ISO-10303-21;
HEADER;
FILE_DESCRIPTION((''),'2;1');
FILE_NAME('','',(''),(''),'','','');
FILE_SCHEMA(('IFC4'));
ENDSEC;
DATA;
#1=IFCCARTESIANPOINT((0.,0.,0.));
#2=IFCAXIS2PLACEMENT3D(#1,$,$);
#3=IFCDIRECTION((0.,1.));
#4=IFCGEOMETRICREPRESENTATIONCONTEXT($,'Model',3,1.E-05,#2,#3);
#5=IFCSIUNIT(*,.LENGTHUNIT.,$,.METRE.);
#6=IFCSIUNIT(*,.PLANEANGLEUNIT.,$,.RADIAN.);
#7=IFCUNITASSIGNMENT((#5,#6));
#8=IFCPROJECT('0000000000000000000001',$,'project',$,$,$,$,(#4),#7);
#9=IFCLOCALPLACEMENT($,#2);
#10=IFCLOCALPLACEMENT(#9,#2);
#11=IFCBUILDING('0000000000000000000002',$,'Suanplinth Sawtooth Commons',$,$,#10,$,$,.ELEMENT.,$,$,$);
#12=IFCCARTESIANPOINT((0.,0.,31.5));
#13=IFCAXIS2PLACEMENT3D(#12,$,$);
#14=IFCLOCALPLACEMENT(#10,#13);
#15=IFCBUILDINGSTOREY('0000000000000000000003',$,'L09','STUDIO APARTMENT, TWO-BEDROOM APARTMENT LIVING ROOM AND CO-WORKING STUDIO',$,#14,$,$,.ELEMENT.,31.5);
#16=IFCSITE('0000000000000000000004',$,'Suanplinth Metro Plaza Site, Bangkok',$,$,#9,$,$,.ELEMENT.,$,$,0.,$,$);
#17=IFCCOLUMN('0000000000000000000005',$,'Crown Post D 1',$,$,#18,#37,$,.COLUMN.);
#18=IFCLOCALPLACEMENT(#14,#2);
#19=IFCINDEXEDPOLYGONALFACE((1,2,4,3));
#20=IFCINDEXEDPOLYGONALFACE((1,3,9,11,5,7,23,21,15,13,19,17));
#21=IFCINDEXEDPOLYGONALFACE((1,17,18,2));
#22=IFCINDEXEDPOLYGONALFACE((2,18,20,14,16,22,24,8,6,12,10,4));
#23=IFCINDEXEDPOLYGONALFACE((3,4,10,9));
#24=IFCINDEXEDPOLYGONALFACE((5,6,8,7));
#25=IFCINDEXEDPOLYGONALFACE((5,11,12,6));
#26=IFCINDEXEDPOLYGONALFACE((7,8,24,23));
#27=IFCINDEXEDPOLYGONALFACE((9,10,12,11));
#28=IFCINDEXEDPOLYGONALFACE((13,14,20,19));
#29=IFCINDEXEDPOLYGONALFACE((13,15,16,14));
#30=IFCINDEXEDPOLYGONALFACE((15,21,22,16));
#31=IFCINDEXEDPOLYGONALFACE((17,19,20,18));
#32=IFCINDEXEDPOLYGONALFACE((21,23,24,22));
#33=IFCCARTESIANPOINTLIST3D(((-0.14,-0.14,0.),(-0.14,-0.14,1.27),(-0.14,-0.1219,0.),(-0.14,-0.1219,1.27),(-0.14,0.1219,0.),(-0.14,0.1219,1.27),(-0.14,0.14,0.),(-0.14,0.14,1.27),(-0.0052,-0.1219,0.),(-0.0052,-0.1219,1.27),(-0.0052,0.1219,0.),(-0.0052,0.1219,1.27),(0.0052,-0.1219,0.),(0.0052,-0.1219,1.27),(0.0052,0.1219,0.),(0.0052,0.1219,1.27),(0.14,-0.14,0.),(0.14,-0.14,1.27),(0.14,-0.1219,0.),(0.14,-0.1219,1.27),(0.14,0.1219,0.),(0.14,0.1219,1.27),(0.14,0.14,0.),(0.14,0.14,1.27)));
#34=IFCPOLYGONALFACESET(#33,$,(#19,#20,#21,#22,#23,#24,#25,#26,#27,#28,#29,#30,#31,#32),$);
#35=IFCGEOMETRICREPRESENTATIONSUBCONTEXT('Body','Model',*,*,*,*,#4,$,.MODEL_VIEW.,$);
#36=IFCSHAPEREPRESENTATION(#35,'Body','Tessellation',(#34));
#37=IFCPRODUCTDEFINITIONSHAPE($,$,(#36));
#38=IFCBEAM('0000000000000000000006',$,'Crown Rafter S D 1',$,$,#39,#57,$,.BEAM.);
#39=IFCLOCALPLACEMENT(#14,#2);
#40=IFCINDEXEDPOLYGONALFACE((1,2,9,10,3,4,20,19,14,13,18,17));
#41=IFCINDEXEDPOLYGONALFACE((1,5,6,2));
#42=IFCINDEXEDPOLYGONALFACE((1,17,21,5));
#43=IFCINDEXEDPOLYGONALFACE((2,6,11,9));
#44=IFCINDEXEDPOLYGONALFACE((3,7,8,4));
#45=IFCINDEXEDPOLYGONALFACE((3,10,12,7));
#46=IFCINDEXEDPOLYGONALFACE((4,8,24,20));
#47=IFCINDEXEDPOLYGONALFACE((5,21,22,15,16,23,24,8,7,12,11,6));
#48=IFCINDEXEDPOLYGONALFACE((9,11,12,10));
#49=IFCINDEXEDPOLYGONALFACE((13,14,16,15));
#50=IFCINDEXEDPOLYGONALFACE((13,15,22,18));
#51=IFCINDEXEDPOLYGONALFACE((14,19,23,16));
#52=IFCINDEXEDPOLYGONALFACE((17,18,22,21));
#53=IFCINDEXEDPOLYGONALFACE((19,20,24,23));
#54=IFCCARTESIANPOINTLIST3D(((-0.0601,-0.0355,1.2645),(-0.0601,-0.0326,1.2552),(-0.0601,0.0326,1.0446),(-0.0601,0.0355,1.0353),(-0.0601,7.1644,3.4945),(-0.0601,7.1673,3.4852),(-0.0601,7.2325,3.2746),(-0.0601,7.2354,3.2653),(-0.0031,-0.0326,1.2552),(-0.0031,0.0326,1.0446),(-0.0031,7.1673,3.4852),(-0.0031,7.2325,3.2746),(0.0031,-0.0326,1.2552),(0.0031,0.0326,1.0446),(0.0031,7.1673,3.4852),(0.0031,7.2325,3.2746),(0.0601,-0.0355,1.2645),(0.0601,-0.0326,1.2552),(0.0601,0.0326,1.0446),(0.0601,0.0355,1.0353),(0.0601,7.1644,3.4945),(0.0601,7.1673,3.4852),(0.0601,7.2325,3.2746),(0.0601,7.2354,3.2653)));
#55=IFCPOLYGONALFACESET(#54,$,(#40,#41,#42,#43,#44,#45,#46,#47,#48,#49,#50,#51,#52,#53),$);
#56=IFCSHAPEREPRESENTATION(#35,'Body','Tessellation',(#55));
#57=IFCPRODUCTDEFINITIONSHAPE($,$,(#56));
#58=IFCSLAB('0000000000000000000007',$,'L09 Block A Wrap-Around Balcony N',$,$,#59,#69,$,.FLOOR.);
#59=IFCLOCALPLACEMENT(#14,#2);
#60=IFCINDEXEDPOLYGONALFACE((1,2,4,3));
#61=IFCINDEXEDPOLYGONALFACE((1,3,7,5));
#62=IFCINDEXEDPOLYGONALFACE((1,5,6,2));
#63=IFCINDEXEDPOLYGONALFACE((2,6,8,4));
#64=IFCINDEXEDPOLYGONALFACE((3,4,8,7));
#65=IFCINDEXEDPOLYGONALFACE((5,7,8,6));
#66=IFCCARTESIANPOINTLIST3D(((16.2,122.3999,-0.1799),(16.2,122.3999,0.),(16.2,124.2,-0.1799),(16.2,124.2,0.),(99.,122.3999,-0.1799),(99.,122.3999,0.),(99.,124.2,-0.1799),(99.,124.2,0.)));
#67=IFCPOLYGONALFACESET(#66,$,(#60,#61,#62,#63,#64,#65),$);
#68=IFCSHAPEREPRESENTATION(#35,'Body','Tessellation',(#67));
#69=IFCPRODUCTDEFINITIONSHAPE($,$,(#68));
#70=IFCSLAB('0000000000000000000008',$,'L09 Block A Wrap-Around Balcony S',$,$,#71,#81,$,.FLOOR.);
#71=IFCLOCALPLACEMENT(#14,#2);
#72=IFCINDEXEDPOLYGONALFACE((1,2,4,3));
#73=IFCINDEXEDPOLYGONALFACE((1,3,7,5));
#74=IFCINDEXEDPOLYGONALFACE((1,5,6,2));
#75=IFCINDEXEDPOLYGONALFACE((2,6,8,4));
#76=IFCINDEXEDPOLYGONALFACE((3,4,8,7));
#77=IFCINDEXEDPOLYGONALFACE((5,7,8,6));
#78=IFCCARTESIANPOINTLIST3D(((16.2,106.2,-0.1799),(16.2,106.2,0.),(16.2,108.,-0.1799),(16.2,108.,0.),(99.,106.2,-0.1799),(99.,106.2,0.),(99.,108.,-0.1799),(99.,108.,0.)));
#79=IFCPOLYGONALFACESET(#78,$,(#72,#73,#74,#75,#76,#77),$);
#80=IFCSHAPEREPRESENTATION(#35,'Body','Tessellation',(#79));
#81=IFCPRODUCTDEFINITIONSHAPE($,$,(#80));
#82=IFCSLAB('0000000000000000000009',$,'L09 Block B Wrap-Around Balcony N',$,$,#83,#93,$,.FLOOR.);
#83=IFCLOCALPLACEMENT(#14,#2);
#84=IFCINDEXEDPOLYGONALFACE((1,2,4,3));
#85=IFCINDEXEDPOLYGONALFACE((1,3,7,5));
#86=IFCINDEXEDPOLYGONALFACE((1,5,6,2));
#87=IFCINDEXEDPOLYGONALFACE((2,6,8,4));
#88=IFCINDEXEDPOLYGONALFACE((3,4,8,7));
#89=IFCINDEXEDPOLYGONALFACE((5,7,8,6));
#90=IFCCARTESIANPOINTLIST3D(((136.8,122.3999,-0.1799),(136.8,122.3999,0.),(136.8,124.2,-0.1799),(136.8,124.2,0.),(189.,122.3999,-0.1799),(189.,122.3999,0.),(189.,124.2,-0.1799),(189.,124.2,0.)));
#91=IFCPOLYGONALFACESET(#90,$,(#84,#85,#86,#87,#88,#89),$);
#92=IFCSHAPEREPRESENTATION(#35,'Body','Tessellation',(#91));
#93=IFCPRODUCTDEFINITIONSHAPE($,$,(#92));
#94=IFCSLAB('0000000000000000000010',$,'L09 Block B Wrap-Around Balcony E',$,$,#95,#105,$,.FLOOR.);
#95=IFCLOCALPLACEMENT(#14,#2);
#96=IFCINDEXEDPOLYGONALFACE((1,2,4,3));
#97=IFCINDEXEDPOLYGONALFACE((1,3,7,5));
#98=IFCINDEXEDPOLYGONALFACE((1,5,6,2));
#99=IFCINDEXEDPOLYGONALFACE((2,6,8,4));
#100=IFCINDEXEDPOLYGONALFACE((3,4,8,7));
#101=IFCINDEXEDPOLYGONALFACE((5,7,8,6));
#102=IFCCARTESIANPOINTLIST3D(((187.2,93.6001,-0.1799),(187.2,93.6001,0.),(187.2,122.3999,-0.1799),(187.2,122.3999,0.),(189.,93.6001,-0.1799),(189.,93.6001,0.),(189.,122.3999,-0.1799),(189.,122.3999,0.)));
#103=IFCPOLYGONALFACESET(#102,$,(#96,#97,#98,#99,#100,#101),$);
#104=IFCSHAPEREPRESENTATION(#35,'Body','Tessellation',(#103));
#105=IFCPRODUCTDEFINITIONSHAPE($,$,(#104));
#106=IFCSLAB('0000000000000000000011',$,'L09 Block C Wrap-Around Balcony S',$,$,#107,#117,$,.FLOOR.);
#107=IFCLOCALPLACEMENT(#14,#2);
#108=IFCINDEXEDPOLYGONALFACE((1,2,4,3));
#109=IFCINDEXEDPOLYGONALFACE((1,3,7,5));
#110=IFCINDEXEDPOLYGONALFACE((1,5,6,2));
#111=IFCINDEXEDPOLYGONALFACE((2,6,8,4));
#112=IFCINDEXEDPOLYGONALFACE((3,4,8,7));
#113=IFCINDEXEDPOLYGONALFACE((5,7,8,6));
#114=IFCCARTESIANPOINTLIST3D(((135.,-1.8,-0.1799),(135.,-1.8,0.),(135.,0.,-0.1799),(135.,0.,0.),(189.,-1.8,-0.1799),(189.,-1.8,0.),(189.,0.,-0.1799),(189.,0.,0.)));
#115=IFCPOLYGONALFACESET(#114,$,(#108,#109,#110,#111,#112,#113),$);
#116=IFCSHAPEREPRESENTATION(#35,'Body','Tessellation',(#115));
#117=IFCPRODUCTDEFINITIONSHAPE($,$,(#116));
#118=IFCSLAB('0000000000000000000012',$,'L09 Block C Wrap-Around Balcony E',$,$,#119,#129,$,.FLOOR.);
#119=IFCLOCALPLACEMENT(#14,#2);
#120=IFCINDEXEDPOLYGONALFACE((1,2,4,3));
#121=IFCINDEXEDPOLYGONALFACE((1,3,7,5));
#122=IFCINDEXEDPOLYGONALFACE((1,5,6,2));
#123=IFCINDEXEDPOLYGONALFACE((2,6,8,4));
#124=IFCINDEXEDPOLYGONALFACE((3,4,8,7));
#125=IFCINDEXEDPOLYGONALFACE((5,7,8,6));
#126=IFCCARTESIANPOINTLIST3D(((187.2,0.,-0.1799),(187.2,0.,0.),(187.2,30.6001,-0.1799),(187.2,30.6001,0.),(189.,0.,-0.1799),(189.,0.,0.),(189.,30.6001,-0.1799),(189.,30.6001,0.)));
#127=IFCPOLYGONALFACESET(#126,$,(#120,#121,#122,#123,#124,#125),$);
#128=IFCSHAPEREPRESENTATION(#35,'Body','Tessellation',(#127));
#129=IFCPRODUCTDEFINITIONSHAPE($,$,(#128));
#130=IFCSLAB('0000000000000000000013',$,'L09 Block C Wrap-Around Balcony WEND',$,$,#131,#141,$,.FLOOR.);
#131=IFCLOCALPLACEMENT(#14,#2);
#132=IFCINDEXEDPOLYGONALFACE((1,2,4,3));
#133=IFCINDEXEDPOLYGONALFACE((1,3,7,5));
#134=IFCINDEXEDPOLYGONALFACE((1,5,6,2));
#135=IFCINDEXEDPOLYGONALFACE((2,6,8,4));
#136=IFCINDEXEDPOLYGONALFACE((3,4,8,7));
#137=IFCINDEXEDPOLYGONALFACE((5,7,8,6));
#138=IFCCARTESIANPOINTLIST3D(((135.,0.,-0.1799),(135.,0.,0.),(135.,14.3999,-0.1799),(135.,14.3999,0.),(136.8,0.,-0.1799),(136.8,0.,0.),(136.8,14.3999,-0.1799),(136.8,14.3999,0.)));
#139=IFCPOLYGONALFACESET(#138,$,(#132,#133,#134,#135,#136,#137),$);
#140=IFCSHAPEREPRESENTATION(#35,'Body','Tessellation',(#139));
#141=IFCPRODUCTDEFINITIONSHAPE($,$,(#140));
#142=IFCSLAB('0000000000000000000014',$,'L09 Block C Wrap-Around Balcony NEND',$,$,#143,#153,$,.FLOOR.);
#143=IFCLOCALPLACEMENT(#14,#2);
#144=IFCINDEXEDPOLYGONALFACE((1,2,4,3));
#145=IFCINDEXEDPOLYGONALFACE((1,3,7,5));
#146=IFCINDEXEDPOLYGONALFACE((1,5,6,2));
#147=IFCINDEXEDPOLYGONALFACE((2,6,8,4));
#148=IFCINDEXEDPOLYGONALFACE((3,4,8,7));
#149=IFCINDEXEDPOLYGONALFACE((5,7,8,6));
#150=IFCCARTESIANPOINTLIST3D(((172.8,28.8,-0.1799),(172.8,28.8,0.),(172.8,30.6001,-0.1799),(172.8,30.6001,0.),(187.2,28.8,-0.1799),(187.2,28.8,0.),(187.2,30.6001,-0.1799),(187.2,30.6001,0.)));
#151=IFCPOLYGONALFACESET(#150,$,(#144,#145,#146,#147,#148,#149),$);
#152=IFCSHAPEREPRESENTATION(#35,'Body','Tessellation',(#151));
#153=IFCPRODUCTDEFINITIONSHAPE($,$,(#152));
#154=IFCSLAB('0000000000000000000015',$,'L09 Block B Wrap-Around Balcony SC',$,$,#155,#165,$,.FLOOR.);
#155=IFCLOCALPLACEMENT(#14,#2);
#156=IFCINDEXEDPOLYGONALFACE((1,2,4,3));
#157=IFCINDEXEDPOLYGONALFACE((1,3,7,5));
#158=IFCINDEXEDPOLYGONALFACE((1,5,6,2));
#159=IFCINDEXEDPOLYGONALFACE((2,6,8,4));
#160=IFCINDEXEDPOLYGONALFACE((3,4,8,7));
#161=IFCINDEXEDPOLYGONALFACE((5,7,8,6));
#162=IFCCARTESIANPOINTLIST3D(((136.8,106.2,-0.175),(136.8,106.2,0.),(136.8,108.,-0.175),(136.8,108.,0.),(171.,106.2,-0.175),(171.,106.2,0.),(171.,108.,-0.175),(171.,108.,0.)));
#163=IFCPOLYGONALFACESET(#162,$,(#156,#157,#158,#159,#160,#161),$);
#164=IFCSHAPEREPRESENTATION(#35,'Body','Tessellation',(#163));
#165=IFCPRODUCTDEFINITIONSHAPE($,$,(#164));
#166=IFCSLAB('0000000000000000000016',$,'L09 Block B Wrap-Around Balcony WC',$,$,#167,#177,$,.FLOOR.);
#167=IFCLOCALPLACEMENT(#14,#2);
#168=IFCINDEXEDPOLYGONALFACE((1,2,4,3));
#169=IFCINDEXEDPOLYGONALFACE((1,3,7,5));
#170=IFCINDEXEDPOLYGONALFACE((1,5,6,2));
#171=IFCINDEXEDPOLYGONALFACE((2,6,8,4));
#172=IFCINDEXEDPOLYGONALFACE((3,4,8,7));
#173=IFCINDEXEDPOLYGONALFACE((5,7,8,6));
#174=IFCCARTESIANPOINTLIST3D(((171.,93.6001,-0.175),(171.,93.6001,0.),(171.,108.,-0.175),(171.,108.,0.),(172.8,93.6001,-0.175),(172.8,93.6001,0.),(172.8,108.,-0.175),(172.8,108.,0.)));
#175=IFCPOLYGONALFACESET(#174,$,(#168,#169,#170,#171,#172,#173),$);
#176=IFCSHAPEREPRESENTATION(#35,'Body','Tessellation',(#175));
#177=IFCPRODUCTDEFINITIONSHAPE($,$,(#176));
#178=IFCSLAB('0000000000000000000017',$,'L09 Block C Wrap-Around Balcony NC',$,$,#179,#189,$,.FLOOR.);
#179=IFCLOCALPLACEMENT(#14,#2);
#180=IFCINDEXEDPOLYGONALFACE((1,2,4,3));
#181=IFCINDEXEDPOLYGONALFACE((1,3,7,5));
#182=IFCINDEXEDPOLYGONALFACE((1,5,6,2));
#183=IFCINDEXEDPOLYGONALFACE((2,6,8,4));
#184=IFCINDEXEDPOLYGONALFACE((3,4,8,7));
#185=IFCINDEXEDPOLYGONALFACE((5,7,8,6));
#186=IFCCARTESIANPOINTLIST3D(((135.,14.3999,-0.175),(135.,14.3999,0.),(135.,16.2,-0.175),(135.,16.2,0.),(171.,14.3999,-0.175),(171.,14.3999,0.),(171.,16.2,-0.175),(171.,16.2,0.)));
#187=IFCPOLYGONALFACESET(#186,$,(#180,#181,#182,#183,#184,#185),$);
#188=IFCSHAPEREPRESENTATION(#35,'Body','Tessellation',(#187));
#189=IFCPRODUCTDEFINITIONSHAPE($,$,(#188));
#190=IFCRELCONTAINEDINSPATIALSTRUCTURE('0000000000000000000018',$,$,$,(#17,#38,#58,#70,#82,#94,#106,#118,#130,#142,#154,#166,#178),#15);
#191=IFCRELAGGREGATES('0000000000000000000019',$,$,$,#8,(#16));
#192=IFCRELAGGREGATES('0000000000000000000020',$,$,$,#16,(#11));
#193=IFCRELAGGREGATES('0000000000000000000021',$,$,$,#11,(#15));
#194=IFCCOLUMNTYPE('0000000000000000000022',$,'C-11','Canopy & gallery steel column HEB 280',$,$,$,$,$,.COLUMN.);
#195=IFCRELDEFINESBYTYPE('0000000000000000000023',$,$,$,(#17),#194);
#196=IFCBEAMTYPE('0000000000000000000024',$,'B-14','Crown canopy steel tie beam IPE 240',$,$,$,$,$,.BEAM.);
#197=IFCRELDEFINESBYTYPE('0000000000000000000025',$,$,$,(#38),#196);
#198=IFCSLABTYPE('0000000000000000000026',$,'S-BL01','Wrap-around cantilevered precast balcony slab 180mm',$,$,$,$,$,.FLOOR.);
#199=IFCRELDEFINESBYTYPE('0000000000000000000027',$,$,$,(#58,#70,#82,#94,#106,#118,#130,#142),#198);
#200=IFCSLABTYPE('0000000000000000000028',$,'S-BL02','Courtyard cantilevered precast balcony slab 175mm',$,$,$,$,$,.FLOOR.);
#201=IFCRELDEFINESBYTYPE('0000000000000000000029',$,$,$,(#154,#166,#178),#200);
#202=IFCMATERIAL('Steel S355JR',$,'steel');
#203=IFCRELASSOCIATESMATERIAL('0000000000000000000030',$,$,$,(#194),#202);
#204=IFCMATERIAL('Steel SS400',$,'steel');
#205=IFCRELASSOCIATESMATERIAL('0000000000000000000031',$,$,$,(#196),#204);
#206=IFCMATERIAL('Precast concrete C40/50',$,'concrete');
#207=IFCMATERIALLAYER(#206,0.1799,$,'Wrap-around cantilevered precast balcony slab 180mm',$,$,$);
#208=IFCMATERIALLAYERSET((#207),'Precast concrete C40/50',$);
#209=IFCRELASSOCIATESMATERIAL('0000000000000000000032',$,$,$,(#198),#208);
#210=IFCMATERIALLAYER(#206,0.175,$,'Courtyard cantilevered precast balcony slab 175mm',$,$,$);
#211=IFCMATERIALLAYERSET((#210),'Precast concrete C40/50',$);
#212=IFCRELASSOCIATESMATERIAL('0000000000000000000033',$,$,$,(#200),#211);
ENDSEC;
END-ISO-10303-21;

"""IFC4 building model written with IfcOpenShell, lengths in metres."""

from ifc_helpers import new_model, si_unit, direction, frame, origin, origin_with_axes, origin_2d, place, context, subcontext, project, spatial, polyline, i_section, outline, extrude, material, layer, layer_set, material_profile, profile_set, type_object, element, save


model = new_model("IFC4")

# Units and contexts
model_context = context("Model", 3, precision=1e-05, world=origin(), true_north=direction((0.0, 1.0)))
body_context = subcontext(model_context, "Body", "Model", "MODEL_VIEW")
ifc_project = project(units=[si_unit("LENGTHUNIT", "METRE"), si_unit("PLANEANGLEUNIT", "RADIAN")], contexts=[model_context])

# Site, building, storey
site_placement = place(None, origin())
site = spatial("IfcSite", under=ifc_project, at=site_placement, Name="Suanplinth Metro Plaza Site, Bangkok", CompositionType="ELEMENT", RefElevation=0.0)
building_placement = place(site_placement, origin())
building = spatial("IfcBuilding", under=site, at=building_placement, Name="Suanplinth Sawtooth Commons", CompositionType="ELEMENT")
storey_placement = place(building_placement, frame((0.0, 0.0, 31.5)))
storey = spatial("IfcBuildingStorey", under=building, at=storey_placement, Name="L09", Description="STUDIO APARTMENT, TWO-BEDROOM APARTMENT LIVING ROOM AND CO-WORKING STUDIO", CompositionType="ELEMENT", Elevation=31.5)

# Column
ifc_material_1 = material(Name="Steel S355JR", Category="steel")
ifc_material_profile_1 = material_profile(ifc_material_1, i_section(OverallWidth=0.28, OverallDepth=0.28, WebThickness=0.0105, FlangeThickness=0.0181, at=origin_2d()), Name="HEB 280")
ifc_profile_set_1 = profile_set([ifc_material_profile_1], Name="Steel S355JR")
column_type = type_object("IfcColumnType", Name="C-11", Description="Canopy & gallery steel column HEB 280", PredefinedType="COLUMN", material=ifc_profile_set_1)
column_placement = place(storey_placement, origin_with_axes())
element("IfcColumn", 1, at=column_placement, inside=storey, type_object=column_type, Name="Crown Post D 1", PredefinedType="COLUMN", context=body_context, shape_type="SweptSolid", body=[
    extrude(i_section(OverallWidth=0.28, OverallDepth=0.28, WebThickness=0.0105, FlangeThickness=0.0181, at=origin_2d()), origin(), (0.0, 0.0, 1.0), 1.27),
])

# Beam
ifc_material_2 = material(Name="Steel SS400", Category="steel")
ifc_material_profile_2 = material_profile(ifc_material_2, i_section(OverallWidth=0.1201, OverallDepth=0.24, WebThickness=0.0061, FlangeThickness=0.0098, at=origin_2d()), Name="IPE 240")
ifc_profile_set_2 = profile_set([ifc_material_profile_2], Name="Steel SS400")
beam_type = type_object("IfcBeamType", Name="B-14", Description="Crown canopy steel tie beam IPE 240", PredefinedType="BEAM", material=ifc_profile_set_2)
beam_placement = place(storey_placement, frame((0.0, 0.0, 1.1499), z_axis=(0.0, 0.955233, 0.295856), x_axis=(-1.0, 0.0, 0.0)))
element("IfcBeam", 2, at=beam_placement, inside=storey, type_object=beam_type, Name="Crown Rafter S D 1", PredefinedType="BEAM", context=body_context, shape_type="SweptSolid", body=[
    extrude(i_section(OverallWidth=0.1201, OverallDepth=0.24, WebThickness=0.0061, FlangeThickness=0.0098, at=origin_2d()), origin(), (0.0, 0.0, 1.0), 7.5374),
])

# Slabs
ifc_material_3 = material(Name="Precast concrete C40/50", Category="concrete")
ifc_layer_1 = layer(ifc_material_3, 0.1799, Name="Wrap-around cantilevered precast balcony slab 180mm")
ifc_layer_set_1 = layer_set([ifc_layer_1], Name="Precast concrete C40/50")
slab_type_1 = type_object("IfcSlabType", Name="S-BL01", Description="Wrap-around cantilevered precast balcony slab 180mm", PredefinedType="FLOOR", material=ifc_layer_set_1)
slab_1_placement = place(storey_placement, frame((0.0, 0.0, -0.1799)))
element("IfcSlab", 3, at=slab_1_placement, inside=storey, type_object=slab_type_1, Name="L09 Block A Wrap-Around Balcony N", PredefinedType="FLOOR", context=body_context, shape_type="SweptSolid", body=[
    extrude(outline(polyline([(16.2, 124.2), (99.0, 124.2), (99.0, 122.3999), (16.2, 122.3999), (16.2, 124.2)])), origin(), (0.0, 0.0, 1.0), 0.1799),
])
slab_2_placement = place(storey_placement, frame((0.0, 0.0, -0.1799)))
element("IfcSlab", 4, at=slab_2_placement, inside=storey, type_object=slab_type_1, Name="L09 Block A Wrap-Around Balcony S", PredefinedType="FLOOR", context=body_context, shape_type="SweptSolid", body=[
    extrude(outline(polyline([(99.0, 106.2), (16.2, 106.2), (16.2, 108.0), (99.0, 108.0), (99.0, 106.2)])), origin(), (0.0, 0.0, 1.0), 0.1799),
])
slab_3_placement = place(storey_placement, frame((0.0, 0.0, -0.1799)))
element("IfcSlab", 5, at=slab_3_placement, inside=storey, type_object=slab_type_1, Name="L09 Block B Wrap-Around Balcony N", PredefinedType="FLOOR", context=body_context, shape_type="SweptSolid", body=[
    extrude(outline(polyline([(136.8, 124.2), (189.0, 124.2), (189.0, 122.3999), (136.8, 122.3999), (136.8, 124.2)])), origin(), (0.0, 0.0, 1.0), 0.1799),
])
slab_4_placement = place(storey_placement, frame((0.0, 0.0, -0.1799)))
element("IfcSlab", 6, at=slab_4_placement, inside=storey, type_object=slab_type_1, Name="L09 Block B Wrap-Around Balcony E", PredefinedType="FLOOR", context=body_context, shape_type="SweptSolid", body=[
    extrude(outline(polyline([(189.0, 122.3999), (189.0, 93.6001), (187.2, 93.6001), (187.2, 122.3999), (189.0, 122.3999)])), origin(), (0.0, 0.0, 1.0), 0.1799),
])
slab_5_placement = place(storey_placement, frame((0.0, 0.0, -0.1799)))
element("IfcSlab", 7, at=slab_5_placement, inside=storey, type_object=slab_type_1, Name="L09 Block C Wrap-Around Balcony S", PredefinedType="FLOOR", context=body_context, shape_type="SweptSolid", body=[
    extrude(outline(polyline([(189.0, 0.0), (189.0, -1.8), (135.0, -1.8), (135.0, 0.0), (189.0, 0.0)])), origin(), (0.0, 0.0, 1.0), 0.1799),
])
slab_6_placement = place(storey_placement, frame((0.0, 0.0, -0.1799)))
element("IfcSlab", 8, at=slab_6_placement, inside=storey, type_object=slab_type_1, Name="L09 Block C Wrap-Around Balcony E", PredefinedType="FLOOR", context=body_context, shape_type="SweptSolid", body=[
    extrude(outline(polyline([(187.2, 30.6001), (189.0, 30.6001), (189.0, 0.0), (187.2, 0.0), (187.2, 30.6001)])), origin(), (0.0, 0.0, 1.0), 0.1799),
])
slab_7_placement = place(storey_placement, frame((0.0, 0.0, -0.1799)))
element("IfcSlab", 9, at=slab_7_placement, inside=storey, type_object=slab_type_1, Name="L09 Block C Wrap-Around Balcony WEND", PredefinedType="FLOOR", context=body_context, shape_type="SweptSolid", body=[
    extrude(outline(polyline([(136.8, 0.0), (135.0, 0.0), (135.0, 14.3999), (136.8, 14.3999), (136.8, 0.0)])), origin(), (0.0, 0.0, 1.0), 0.1799),
])
slab_8_placement = place(storey_placement, frame((0.0, 0.0, -0.1799)))
element("IfcSlab", 10, at=slab_8_placement, inside=storey, type_object=slab_type_1, Name="L09 Block C Wrap-Around Balcony NEND", PredefinedType="FLOOR", context=body_context, shape_type="SweptSolid", body=[
    extrude(outline(polyline([(172.8, 30.6001), (187.2, 30.6001), (187.2, 28.8), (172.8, 28.8), (172.8, 30.6001)])), origin(), (0.0, 0.0, 1.0), 0.1799),
])
ifc_layer_2 = layer(ifc_material_3, 0.175, Name="Courtyard cantilevered precast balcony slab 175mm")
ifc_layer_set_2 = layer_set([ifc_layer_2], Name="Precast concrete C40/50")
slab_type_2 = type_object("IfcSlabType", Name="S-BL02", Description="Courtyard cantilevered precast balcony slab 175mm", PredefinedType="FLOOR", material=ifc_layer_set_2)
slab_9_placement = place(storey_placement, frame((0.0, 0.0, -0.175)))
element("IfcSlab", 11, at=slab_9_placement, inside=storey, type_object=slab_type_2, Name="L09 Block B Wrap-Around Balcony SC", PredefinedType="FLOOR", context=body_context, shape_type="SweptSolid", body=[
    extrude(outline(polyline([(171.0, 106.2), (136.8, 106.2), (136.8, 108.0), (171.0, 108.0), (171.0, 106.2)])), origin(), (0.0, 0.0, 1.0), 0.175),
])
slab_10_placement = place(storey_placement, frame((0.0, 0.0, -0.175)))
element("IfcSlab", 12, at=slab_10_placement, inside=storey, type_object=slab_type_2, Name="L09 Block B Wrap-Around Balcony WC", PredefinedType="FLOOR", context=body_context, shape_type="SweptSolid", body=[
    extrude(outline(polyline([(172.8, 93.6001), (171.0, 93.6001), (171.0, 108.0), (172.8, 108.0), (172.8, 93.6001)])), origin(), (0.0, 0.0, 1.0), 0.175),
])
slab_11_placement = place(storey_placement, frame((0.0, 0.0, -0.175)))
element("IfcSlab", 13, at=slab_11_placement, inside=storey, type_object=slab_type_2, Name="L09 Block C Wrap-Around Balcony NC", PredefinedType="FLOOR", context=body_context, shape_type="SweptSolid", body=[
    extrude(outline(polyline([(135.0, 14.3999), (135.0, 16.2), (171.0, 16.2), (171.0, 14.3999), (135.0, 14.3999)])), origin(), (0.0, 0.0, 1.0), 0.175),
])

save(model, "model.ifc")
